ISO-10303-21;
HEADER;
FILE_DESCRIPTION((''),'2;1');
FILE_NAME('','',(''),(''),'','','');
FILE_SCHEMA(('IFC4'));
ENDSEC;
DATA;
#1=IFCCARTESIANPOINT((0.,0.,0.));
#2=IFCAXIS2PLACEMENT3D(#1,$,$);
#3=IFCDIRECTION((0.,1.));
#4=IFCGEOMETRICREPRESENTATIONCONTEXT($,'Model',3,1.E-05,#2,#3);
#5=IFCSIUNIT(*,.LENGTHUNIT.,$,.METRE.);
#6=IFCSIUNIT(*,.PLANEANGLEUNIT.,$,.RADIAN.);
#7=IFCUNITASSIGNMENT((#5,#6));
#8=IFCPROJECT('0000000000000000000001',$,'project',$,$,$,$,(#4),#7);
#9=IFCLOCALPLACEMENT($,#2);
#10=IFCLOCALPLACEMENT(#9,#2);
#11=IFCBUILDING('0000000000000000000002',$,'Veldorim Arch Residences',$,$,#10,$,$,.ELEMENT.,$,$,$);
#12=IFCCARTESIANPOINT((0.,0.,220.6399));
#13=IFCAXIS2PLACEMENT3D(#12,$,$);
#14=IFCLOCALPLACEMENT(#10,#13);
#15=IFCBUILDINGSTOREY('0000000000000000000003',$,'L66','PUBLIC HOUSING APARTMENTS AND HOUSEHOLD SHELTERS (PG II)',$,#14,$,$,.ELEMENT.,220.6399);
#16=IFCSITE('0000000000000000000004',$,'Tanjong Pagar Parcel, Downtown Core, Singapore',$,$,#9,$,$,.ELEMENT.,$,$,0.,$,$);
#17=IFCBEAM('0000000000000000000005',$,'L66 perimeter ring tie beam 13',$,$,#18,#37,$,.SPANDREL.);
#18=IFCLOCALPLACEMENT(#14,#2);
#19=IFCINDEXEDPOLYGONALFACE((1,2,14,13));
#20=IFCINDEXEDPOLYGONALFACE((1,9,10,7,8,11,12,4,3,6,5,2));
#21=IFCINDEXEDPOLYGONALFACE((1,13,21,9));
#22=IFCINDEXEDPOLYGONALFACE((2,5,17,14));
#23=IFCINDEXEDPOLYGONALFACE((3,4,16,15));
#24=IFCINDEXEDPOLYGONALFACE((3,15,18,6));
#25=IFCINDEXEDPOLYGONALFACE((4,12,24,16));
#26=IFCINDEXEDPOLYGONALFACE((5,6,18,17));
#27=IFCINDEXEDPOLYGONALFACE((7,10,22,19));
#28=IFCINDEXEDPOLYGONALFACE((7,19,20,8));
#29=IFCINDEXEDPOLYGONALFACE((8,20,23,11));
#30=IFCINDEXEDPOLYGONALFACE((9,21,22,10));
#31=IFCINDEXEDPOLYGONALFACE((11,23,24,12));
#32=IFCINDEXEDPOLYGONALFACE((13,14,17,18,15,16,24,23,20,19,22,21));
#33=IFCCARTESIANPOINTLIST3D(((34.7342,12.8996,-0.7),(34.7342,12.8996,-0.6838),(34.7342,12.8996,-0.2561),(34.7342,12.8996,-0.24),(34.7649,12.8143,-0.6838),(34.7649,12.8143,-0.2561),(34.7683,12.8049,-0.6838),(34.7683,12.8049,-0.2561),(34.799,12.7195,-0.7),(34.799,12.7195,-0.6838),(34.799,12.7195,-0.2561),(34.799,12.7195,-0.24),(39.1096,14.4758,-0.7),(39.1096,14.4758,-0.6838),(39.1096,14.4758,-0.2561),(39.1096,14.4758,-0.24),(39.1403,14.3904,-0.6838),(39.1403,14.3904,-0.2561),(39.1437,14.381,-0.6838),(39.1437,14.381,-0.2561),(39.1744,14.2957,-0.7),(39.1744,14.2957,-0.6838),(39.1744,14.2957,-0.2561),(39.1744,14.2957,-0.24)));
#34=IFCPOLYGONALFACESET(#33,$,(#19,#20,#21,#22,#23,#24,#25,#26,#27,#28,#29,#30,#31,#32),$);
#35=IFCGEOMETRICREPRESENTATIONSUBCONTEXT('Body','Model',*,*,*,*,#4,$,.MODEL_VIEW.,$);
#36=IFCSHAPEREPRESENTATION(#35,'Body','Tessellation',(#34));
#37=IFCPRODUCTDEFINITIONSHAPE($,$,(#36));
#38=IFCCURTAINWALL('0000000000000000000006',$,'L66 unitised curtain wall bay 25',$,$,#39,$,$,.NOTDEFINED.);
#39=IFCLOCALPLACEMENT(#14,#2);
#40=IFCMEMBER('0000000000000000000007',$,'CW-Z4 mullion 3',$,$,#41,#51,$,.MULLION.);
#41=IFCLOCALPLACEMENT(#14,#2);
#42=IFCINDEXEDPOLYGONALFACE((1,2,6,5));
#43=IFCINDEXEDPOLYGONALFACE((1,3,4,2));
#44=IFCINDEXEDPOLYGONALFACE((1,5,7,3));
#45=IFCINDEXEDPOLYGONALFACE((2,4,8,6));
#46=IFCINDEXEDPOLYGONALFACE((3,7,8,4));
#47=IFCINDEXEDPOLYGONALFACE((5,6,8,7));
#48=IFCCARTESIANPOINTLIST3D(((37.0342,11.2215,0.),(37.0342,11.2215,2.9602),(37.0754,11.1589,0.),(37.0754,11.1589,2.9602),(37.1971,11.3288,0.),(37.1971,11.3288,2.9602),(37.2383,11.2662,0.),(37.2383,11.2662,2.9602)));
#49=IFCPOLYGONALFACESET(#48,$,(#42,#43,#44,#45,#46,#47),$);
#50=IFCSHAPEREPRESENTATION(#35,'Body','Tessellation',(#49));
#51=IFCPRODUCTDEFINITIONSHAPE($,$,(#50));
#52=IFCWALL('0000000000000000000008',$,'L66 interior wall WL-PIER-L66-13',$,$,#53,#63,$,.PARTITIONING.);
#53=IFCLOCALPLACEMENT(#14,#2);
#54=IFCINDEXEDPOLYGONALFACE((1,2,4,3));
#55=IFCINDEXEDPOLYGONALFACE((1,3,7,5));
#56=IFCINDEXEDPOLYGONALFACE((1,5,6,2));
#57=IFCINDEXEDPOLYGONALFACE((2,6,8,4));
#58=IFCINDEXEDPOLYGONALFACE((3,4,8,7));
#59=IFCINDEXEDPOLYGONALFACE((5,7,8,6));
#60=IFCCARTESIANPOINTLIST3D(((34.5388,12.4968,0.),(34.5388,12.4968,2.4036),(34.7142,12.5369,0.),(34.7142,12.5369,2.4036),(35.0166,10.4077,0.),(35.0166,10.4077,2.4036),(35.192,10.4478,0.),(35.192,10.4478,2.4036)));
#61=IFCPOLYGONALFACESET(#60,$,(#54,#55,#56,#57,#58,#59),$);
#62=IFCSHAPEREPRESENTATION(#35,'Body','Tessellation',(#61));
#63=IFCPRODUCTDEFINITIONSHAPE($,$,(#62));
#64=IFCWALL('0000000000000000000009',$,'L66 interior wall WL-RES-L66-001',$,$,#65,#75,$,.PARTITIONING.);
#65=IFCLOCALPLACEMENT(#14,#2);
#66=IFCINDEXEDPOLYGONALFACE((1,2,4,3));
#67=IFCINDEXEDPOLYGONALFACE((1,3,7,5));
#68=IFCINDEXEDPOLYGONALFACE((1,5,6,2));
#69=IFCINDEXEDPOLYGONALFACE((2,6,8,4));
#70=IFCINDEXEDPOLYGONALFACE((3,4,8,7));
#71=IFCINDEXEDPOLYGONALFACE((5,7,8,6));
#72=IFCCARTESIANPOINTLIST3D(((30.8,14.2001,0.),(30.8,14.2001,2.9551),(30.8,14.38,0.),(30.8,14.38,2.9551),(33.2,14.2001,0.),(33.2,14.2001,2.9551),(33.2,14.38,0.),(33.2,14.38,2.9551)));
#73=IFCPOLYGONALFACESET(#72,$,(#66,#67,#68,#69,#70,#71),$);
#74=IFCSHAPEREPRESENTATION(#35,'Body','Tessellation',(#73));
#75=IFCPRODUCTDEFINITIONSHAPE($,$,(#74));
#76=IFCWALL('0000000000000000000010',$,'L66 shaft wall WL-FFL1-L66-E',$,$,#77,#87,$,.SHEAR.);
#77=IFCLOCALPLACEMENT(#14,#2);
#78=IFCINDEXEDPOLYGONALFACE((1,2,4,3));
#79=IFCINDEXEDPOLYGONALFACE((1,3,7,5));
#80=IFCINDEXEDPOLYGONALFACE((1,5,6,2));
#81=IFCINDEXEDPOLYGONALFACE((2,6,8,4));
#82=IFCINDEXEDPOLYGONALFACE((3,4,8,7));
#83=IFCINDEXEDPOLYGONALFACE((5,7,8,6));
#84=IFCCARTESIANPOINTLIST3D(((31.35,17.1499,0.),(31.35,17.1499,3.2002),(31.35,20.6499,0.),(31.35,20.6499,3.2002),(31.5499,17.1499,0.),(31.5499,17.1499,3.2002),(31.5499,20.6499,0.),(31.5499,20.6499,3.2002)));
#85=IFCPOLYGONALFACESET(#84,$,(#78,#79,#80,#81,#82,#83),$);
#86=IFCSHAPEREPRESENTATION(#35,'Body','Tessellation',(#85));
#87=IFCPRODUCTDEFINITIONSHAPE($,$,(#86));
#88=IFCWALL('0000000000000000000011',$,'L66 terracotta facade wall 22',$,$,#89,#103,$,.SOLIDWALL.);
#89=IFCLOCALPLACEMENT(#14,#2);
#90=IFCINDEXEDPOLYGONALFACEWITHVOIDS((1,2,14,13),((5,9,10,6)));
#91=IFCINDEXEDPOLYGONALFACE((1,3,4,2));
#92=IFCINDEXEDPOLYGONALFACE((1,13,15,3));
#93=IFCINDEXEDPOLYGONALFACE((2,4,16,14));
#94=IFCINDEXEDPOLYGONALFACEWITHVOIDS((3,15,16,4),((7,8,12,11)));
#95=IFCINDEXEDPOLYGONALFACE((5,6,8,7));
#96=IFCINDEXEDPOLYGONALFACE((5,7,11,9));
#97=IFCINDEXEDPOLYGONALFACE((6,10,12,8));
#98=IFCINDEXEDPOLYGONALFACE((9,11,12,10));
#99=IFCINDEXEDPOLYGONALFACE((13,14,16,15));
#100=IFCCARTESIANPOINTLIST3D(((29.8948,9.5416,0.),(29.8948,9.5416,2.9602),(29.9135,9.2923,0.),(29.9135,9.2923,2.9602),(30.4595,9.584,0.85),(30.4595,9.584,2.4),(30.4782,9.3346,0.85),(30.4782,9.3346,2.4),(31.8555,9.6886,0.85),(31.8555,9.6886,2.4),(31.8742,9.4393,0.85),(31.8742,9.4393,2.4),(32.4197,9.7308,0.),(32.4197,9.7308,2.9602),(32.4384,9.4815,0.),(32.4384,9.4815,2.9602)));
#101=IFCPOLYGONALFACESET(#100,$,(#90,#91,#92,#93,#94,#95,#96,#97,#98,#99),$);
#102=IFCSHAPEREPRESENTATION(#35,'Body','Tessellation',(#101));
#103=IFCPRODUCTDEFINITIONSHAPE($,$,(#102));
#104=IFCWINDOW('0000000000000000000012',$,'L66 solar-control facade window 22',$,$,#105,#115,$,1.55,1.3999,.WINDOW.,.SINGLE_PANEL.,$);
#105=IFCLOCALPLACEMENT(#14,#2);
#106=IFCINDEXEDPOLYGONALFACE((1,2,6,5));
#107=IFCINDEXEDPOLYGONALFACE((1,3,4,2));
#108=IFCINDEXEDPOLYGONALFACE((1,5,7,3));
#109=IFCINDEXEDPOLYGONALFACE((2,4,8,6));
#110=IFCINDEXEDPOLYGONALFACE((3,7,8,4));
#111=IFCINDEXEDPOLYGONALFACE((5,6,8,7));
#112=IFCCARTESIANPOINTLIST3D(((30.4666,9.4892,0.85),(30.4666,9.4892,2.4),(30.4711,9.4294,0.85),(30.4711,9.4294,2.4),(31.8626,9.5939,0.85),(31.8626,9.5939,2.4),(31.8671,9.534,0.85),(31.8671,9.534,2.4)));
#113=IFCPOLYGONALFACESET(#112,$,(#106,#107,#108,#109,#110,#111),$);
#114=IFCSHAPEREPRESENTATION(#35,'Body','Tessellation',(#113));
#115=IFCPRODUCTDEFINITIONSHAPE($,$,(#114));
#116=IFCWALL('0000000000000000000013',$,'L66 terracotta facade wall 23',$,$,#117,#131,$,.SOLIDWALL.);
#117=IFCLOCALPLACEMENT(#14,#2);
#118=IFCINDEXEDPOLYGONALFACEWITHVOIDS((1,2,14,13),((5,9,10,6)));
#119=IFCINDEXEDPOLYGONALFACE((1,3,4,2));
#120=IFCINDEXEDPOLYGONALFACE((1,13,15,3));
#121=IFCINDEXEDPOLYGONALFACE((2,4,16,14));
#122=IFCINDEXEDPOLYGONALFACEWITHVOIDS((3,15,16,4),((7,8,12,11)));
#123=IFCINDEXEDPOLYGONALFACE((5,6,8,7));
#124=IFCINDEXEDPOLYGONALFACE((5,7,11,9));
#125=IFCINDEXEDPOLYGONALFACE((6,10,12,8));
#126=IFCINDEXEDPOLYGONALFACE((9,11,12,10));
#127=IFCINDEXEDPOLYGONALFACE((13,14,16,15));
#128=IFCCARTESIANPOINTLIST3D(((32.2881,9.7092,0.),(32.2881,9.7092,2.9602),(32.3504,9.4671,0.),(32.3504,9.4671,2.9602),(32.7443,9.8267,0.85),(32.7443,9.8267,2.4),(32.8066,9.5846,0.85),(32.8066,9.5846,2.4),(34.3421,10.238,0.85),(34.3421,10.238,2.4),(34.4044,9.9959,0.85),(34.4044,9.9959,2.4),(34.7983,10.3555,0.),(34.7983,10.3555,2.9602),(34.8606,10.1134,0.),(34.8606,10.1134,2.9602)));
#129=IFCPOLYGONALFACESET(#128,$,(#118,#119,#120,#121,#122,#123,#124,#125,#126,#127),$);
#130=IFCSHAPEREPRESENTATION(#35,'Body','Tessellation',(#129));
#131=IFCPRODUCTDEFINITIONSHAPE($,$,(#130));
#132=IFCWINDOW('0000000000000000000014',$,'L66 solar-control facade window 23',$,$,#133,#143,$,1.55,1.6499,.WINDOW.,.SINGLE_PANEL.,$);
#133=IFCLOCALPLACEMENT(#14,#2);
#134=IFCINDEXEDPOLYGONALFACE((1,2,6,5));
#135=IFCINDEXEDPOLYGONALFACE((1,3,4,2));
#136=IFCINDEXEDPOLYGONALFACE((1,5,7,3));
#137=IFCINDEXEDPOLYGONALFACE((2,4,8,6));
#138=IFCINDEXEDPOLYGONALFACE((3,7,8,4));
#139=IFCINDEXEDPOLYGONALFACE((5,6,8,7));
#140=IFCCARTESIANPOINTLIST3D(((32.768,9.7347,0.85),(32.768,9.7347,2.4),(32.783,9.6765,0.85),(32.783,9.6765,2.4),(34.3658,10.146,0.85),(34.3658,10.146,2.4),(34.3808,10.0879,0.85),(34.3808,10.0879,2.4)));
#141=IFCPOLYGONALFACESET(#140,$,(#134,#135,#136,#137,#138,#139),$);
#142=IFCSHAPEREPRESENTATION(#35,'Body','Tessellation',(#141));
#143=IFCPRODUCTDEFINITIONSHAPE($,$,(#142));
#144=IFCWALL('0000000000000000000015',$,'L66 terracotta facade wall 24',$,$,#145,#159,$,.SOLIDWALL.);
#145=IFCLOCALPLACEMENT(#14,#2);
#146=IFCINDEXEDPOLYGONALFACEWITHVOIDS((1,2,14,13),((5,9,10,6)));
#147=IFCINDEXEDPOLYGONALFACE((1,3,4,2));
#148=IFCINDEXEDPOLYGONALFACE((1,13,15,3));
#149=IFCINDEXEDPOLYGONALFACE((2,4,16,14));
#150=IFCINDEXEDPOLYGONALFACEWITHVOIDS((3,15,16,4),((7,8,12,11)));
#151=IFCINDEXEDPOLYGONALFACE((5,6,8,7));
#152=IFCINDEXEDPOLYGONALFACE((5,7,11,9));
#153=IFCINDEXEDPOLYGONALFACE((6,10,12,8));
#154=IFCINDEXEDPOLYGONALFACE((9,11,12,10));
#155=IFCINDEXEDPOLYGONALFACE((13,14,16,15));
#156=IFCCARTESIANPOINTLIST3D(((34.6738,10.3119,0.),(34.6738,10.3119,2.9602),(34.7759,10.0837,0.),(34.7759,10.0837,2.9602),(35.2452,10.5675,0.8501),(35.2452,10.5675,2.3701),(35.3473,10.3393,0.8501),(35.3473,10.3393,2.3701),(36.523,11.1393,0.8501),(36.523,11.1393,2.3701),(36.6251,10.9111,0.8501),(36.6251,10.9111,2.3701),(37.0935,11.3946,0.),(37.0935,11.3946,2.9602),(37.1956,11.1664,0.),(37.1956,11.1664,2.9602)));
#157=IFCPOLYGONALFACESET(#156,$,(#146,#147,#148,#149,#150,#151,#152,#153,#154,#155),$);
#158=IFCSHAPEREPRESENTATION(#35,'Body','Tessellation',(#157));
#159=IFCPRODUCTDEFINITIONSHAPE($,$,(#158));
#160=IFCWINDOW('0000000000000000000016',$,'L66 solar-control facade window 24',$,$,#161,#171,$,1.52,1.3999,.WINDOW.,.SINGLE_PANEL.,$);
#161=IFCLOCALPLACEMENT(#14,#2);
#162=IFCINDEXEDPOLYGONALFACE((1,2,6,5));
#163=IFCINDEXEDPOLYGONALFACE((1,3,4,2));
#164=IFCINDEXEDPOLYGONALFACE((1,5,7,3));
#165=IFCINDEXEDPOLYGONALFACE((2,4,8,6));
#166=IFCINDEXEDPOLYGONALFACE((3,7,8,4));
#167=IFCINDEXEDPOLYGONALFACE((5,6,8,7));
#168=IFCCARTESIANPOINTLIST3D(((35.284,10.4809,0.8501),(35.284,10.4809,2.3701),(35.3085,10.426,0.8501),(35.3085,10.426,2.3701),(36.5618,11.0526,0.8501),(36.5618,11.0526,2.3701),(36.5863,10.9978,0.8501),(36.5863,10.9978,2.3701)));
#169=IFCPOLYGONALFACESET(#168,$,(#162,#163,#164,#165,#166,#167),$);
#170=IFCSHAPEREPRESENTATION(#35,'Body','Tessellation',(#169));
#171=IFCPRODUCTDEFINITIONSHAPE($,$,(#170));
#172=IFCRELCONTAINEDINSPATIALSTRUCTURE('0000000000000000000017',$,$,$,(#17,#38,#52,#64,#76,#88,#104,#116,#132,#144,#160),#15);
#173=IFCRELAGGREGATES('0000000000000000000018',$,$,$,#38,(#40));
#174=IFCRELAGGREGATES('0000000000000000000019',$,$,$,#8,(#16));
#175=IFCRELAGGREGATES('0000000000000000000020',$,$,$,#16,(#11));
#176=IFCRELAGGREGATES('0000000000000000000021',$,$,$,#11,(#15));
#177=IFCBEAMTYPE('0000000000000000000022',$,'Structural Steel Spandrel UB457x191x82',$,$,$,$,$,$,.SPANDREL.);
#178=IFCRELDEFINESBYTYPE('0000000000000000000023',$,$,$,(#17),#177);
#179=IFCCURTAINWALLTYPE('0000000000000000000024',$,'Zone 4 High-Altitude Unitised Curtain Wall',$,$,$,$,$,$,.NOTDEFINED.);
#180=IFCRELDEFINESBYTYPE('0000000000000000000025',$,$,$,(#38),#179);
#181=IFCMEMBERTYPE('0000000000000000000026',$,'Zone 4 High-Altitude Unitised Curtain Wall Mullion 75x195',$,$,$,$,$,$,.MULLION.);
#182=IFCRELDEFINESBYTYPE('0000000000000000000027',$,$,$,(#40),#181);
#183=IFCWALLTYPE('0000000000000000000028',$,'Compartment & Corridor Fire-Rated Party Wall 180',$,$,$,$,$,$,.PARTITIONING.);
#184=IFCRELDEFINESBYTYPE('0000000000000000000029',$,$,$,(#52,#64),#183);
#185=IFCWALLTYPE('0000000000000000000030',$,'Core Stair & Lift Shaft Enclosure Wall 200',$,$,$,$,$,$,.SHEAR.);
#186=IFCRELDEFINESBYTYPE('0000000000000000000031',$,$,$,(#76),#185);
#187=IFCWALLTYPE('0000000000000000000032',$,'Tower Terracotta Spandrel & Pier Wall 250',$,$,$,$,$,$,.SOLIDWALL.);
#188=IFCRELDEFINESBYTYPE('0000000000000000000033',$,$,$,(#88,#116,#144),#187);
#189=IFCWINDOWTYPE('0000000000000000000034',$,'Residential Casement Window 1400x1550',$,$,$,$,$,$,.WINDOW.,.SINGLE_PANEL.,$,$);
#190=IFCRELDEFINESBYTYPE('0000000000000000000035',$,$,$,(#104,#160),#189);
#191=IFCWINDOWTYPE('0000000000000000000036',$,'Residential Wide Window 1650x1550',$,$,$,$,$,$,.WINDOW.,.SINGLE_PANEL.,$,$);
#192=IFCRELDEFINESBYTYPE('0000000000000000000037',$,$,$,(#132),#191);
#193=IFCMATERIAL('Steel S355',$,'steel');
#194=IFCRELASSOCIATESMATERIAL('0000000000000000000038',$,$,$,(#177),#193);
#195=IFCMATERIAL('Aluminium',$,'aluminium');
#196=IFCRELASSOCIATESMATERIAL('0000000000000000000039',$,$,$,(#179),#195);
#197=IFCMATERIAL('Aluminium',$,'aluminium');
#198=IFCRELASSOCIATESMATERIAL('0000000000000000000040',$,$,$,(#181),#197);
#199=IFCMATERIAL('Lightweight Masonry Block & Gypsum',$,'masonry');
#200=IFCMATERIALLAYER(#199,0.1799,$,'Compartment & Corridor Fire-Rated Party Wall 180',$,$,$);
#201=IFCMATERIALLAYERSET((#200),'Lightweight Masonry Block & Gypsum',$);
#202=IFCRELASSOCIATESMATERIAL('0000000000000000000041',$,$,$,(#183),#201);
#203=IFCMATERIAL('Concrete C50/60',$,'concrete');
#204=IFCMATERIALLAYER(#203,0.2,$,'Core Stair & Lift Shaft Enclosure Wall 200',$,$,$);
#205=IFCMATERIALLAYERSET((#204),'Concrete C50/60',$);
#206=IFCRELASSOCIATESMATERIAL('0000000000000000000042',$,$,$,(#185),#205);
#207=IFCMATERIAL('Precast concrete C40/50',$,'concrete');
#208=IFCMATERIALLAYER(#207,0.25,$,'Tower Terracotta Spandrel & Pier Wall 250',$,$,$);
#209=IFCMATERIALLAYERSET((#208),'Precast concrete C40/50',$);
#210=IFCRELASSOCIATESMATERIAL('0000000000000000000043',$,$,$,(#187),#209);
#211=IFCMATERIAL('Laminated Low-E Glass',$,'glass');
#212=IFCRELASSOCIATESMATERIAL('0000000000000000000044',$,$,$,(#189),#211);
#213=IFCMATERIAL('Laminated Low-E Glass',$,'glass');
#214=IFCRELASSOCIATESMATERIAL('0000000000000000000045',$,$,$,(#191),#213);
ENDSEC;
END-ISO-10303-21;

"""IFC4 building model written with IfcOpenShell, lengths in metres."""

from ifc_helpers import new_model, si_unit, direction, frame, frame_2d, origin, origin_2d, place, context, subcontext, project, spatial, rectangle, i_section, extrude, material, layer, layer_set, material_profile, profile_set, type_object, element, fill, aggregate, save


model = new_model("IFC4")

# Units and contexts
model_context = context("Model", 3, precision=1e-05, world=origin(), true_north=direction((0.0, 1.0)))
body_context = subcontext(model_context, "Body", "Model", "MODEL_VIEW")
ifc_project = project(units=[si_unit("LENGTHUNIT", "METRE"), si_unit("PLANEANGLEUNIT", "RADIAN")], contexts=[model_context])

# Site, building, storey
site_placement = place(None, origin())
site = spatial("IfcSite", under=ifc_project, at=site_placement, Name="Tanjong Pagar Parcel, Downtown Core, Singapore", CompositionType="ELEMENT", RefElevation=0.0)
building_placement = place(site_placement, origin())
building = spatial("IfcBuilding", under=site, at=building_placement, Name="Veldorim Arch Residences", CompositionType="ELEMENT")
storey_placement = place(building_placement, frame((0.0, 0.0, 220.6399)))
storey = spatial("IfcBuildingStorey", under=building, at=storey_placement, Name="L66", Description="PUBLIC HOUSING APARTMENTS AND HOUSEHOLD SHELTERS (PG II)", CompositionType="ELEMENT", Elevation=220.6399)

# Beam
ifc_material_1 = material(Name="Steel S355", Category="steel")
ifc_material_profile_1 = material_profile(ifc_material_1, i_section(OverallWidth=0.1914, OverallDepth=0.46, WebThickness=0.01, FlangeThickness=0.0161, at=origin_2d()), Name="UB457x191x82")
ifc_profile_set_1 = profile_set([ifc_material_profile_1], Name="Steel S355")
beam_type_1 = type_object("IfcBeamType", Name="Structural Steel Spandrel UB457x191x82", PredefinedType="SPANDREL", material=ifc_profile_set_1)
beam_1_placement = place(storey_placement, frame((34.7666, 12.8096, -0.47), z_axis=(0.940819, 0.338909, 0.0), x_axis=(-0.338909, 0.940819, 0.0)))
element("IfcBeam", 1, at=beam_1_placement, inside=storey, type_object=beam_type_1, Name="L66 perimeter ring tie beam 13", PredefinedType="SPANDREL", context=body_context, shape_type="SweptSolid", body=[
    extrude(i_section(OverallWidth=0.1914, OverallDepth=0.46, WebThickness=0.01, FlangeThickness=0.0161, at=origin_2d()), origin(), (0.0, 0.0, 1.0), 4.6506),
])

# Curtain wall, member
ifc_material_2 = material(Name="Aluminium", Category="aluminium")
curtain_wall_type = type_object("IfcCurtainWallType", Name="Zone 4 High-Altitude Unitised Curtain Wall", PredefinedType="NOTDEFINED", material=ifc_material_2)
curtain_wall_placement = place(storey_placement, origin())
curtain_wall = element("IfcCurtainWall", 2, at=curtain_wall_placement, inside=storey, type_object=curtain_wall_type, Name="L66 unitised curtain wall bay 25", PredefinedType="NOTDEFINED")
ifc_material_3 = material(Name="Aluminium", Category="aluminium")
ifc_material_profile_2 = material_profile(ifc_material_3, rectangle(XDim=0.075, YDim=0.1951, at=origin_2d()), Name="ALU_MUL_75x195")
ifc_profile_set_2 = profile_set([ifc_material_profile_2], Name="Aluminium")
member_type = type_object("IfcMemberType", Name="Zone 4 High-Altitude Unitised Curtain Wall Mullion 75x195", PredefinedType="MULLION", material=ifc_profile_set_2)
member_placement = place(storey_placement, frame((37.1362, 11.2439, 0.0), z_axis=(0.0, 0.0, 1.0), x_axis=(0.550062, -0.835124, 0.0)))
member = element("IfcMember", 3, at=member_placement, type_object=member_type, Name="CW-Z4 mullion 3", PredefinedType="MULLION", context=body_context, shape_type="SweptSolid", body=[
    extrude(rectangle(XDim=0.075, YDim=0.1951, at=origin_2d()), origin(), (0.0, 0.0, 1.0), 2.9602),
])
aggregate(curtain_wall, [member])

# Walls
ifc_material_4 = material(Name="Lightweight Masonry Block & Gypsum", Category="masonry")
ifc_layer_1 = layer(ifc_material_4, 0.1799, Name="Compartment & Corridor Fire-Rated Party Wall 180")
ifc_layer_set_1 = layer_set([ifc_layer_1], Name="Lightweight Masonry Block & Gypsum")
wall_type_1 = type_object("IfcWallType", Name="Compartment & Corridor Fire-Rated Party Wall 180", PredefinedType="PARTITIONING", material=ifc_layer_set_1)
wall_1_placement = place(storey_placement, frame((34.6265, 12.5168, 0.0), z_axis=(0.0, 0.0, 1.0), x_axis=(0.222945, -0.974831, 0.0)))
element("IfcWall", 4, at=wall_1_placement, inside=storey, type_object=wall_type_1, Name="L66 interior wall WL-PIER-L66-13", PredefinedType="PARTITIONING", context=body_context, shape_type="SweptSolid", body=[
    extrude(rectangle(XDim=2.1431, YDim=0.1799, at=frame_2d((1.0715, 0.0))), origin(), (0.0, 0.0, 1.0), 2.4036),
])
wall_2_placement = place(storey_placement, frame((33.2, 14.29, 0.0), z_axis=(0.0, 0.0, 1.0), x_axis=(-1.0, 0.0, 0.0)))
element("IfcWall", 5, at=wall_2_placement, inside=storey, type_object=wall_type_1, Name="L66 interior wall WL-RES-L66-001", PredefinedType="PARTITIONING", context=body_context, shape_type="SweptSolid", body=[
    extrude(rectangle(XDim=2.3999, YDim=0.1799, at=frame_2d((1.2, 0.0))), origin(), (0.0, 0.0, 1.0), 2.9551),
])
ifc_material_5 = material(Name="Concrete C50/60", Category="concrete")
ifc_layer_2 = layer(ifc_material_5, 0.2, Name="Core Stair & Lift Shaft Enclosure Wall 200")
ifc_layer_set_2 = layer_set([ifc_layer_2], Name="Concrete C50/60")
wall_type_2 = type_object("IfcWallType", Name="Core Stair & Lift Shaft Enclosure Wall 200", PredefinedType="SHEAR", material=ifc_layer_set_2)
wall_3_placement = place(storey_placement, frame((31.45, 17.1499, 0.0), z_axis=(0.0, 0.0, 1.0), x_axis=(0.0, 1.0, 0.0)))
element("IfcWall", 6, at=wall_3_placement, inside=storey, type_object=wall_type_2, Name="L66 shaft wall WL-FFL1-L66-E", PredefinedType="SHEAR", context=body_context, shape_type="SweptSolid", body=[
    extrude(rectangle(XDim=3.5, YDim=0.2, at=frame_2d((1.75, 0.0))), origin(), (0.0, 0.0, 1.0), 3.2002),
])

# Walls, openings, windows
ifc_material_6 = material(Name="Precast concrete C40/50", Category="concrete")
ifc_layer_3 = layer(ifc_material_6, 0.25, Name="Tower Terracotta Spandrel & Pier Wall 250")
ifc_layer_set_3 = layer_set([ifc_layer_3], Name="Precast concrete C40/50")
wall_type_3 = type_object("IfcWallType", Name="Tower Terracotta Spandrel & Pier Wall 250", PredefinedType="SOLIDWALL", material=ifc_layer_set_3)
wall_4_placement = place(storey_placement, frame((32.4292, 9.6062, 0.0), z_axis=(0.0, 0.0, 1.0), x_axis=(-0.997204, -0.074728, 0.0)))
wall_4 = element("IfcWall", 7, at=wall_4_placement, inside=storey, type_object=wall_type_3, Name="L66 terracotta facade wall 22", PredefinedType="SOLIDWALL", context=body_context, shape_type="SweptSolid", body=[
    extrude(rectangle(XDim=2.532, YDim=0.25, at=frame_2d((1.2661, 0.0))), origin(), (0.0, 0.0, 1.0), 2.9602),
])
opening_1_placement = place(wall_4_placement, frame((0.5659, 0.0, 0.8501)))
opening_1 = element("IfcOpeningElement", 8, at=opening_1_placement, cuts=wall_4, PredefinedType="OPENING", context=body_context, shape_type="SweptSolid", body=[
    extrude(rectangle(XDim=1.3999, YDim=1.55, at=frame_2d((0.7, 0.7749))), frame((0.0, 0.135, 0.0), z_axis=(0.0, -1.0, 0.0), x_axis=(1.0, 0.0, 0.0)), (0.0, 0.0, 1.0), 0.27),
])
ifc_material_7 = material(Name="Laminated Low-E Glass", Category="glass")
window_type_1 = type_object("IfcWindowType", Name="Residential Casement Window 1400x1550", PartitioningType="SINGLE_PANEL", PredefinedType="WINDOW", material=ifc_material_7)
window_1_placement = place(opening_1_placement, origin())
window_1 = element("IfcWindow", 9, at=window_1_placement, inside=storey, type_object=window_type_1, Name="L66 solar-control facade window 22", OverallHeight=1.55, OverallWidth=1.3999, PartitioningType="SINGLE_PANEL", PredefinedType="WINDOW", context=body_context, shape_type="SweptSolid", body=[
    extrude(rectangle(XDim=1.3999, YDim=1.55, at=frame_2d((0.7, 0.7749))), frame((0.0, 0.03, 0.0), z_axis=(0.0, -1.0, 0.0), x_axis=(1.0, 0.0, 0.0)), (0.0, 0.0, 1.0), 0.0601),
])
fill(opening_1, window_1)
wall_5_placement = place(storey_placement, frame((34.8293, 10.2344, 0.0), z_axis=(0.0, 0.0, 1.0), x_axis=(-0.968423, -0.249311, 0.0)))
wall_5 = element("IfcWall", 10, at=wall_5_placement, inside=storey, type_object=wall_type_3, Name="L66 terracotta facade wall 23", PredefinedType="SOLIDWALL", context=body_context, shape_type="SweptSolid", body=[
    extrude(rectangle(XDim=2.592, YDim=0.25, at=frame_2d((1.2959, 0.0))), origin(), (0.0, 0.0, 1.0), 2.9602),
])
opening_2_placement = place(wall_5_placement, frame((0.4709, 0.0, 0.8501)))
opening_2 = element("IfcOpeningElement", 11, at=opening_2_placement, cuts=wall_5, PredefinedType="OPENING", context=body_context, shape_type="SweptSolid", body=[
    extrude(rectangle(XDim=1.6499, YDim=1.55, at=frame_2d((0.825, 0.7749))), frame((0.0, 0.135, 0.0), z_axis=(0.0, -1.0, 0.0), x_axis=(1.0, 0.0, 0.0)), (0.0, 0.0, 1.0), 0.27),
])
ifc_material_8 = material(Name="Laminated Low-E Glass", Category="glass")
window_type_2 = type_object("IfcWindowType", Name="Residential Wide Window 1650x1550", PartitioningType="SINGLE_PANEL", PredefinedType="WINDOW", material=ifc_material_8)
window_2_placement = place(opening_2_placement, origin())
window_2 = element("IfcWindow", 12, at=window_2_placement, inside=storey, type_object=window_type_2, Name="L66 solar-control facade window 23", OverallHeight=1.55, OverallWidth=1.6499, PartitioningType="SINGLE_PANEL", PredefinedType="WINDOW", context=body_context, shape_type="SweptSolid", body=[
    extrude(rectangle(XDim=1.6499, YDim=1.55, at=frame_2d((0.825, 0.7749))), frame((0.0, 0.03, 0.0), z_axis=(0.0, -1.0, 0.0), x_axis=(1.0, 0.0, 0.0)), (0.0, 0.0, 1.0), 0.0601),
])
fill(opening_2, window_2)
wall_6_placement = place(storey_placement, frame((37.1445, 11.2805, 0.0), z_axis=(0.0, 0.0, 1.0), x_axis=(-0.912779, -0.408453, 0.0)))
wall_6 = element("IfcWall", 13, at=wall_6_placement, inside=storey, type_object=wall_type_3, Name="L66 terracotta facade wall 24", PredefinedType="SOLIDWALL", context=body_context, shape_type="SweptSolid", body=[
    extrude(rectangle(XDim=2.6509, YDim=0.25, at=frame_2d((1.3254, 0.0))), origin(), (0.0, 0.0, 1.0), 2.9602),
])
opening_3_placement = place(wall_6_placement, frame((0.625, 0.0, 0.8501)))
opening_3 = element("IfcOpeningElement", 14, at=opening_3_placement, cuts=wall_6, PredefinedType="OPENING", context=body_context, shape_type="SweptSolid", body=[
    extrude(rectangle(XDim=1.3999, YDim=1.52, at=frame_2d((0.7, 0.76))), frame((0.0, 0.135, 0.0), z_axis=(0.0, -1.0, 0.0), x_axis=(1.0, 0.0, 0.0)), (0.0, 0.0, 1.0), 0.27),
])
window_3_placement = place(opening_3_placement, origin())
window_3 = element("IfcWindow", 15, at=window_3_placement, inside=storey, type_object=window_type_1, Name="L66 solar-control facade window 24", OverallHeight=1.52, OverallWidth=1.3999, PartitioningType="SINGLE_PANEL", PredefinedType="WINDOW", context=body_context, shape_type="SweptSolid", body=[
    extrude(rectangle(XDim=1.3999, YDim=1.52, at=frame_2d((0.7, 0.76))), frame((0.0, 0.03, 0.0), z_axis=(0.0, -1.0, 0.0), x_axis=(1.0, 0.0, 0.0)), (0.0, 0.0, 1.0), 0.0601),
])
fill(opening_3, window_3)

save(model, "model.ifc")
